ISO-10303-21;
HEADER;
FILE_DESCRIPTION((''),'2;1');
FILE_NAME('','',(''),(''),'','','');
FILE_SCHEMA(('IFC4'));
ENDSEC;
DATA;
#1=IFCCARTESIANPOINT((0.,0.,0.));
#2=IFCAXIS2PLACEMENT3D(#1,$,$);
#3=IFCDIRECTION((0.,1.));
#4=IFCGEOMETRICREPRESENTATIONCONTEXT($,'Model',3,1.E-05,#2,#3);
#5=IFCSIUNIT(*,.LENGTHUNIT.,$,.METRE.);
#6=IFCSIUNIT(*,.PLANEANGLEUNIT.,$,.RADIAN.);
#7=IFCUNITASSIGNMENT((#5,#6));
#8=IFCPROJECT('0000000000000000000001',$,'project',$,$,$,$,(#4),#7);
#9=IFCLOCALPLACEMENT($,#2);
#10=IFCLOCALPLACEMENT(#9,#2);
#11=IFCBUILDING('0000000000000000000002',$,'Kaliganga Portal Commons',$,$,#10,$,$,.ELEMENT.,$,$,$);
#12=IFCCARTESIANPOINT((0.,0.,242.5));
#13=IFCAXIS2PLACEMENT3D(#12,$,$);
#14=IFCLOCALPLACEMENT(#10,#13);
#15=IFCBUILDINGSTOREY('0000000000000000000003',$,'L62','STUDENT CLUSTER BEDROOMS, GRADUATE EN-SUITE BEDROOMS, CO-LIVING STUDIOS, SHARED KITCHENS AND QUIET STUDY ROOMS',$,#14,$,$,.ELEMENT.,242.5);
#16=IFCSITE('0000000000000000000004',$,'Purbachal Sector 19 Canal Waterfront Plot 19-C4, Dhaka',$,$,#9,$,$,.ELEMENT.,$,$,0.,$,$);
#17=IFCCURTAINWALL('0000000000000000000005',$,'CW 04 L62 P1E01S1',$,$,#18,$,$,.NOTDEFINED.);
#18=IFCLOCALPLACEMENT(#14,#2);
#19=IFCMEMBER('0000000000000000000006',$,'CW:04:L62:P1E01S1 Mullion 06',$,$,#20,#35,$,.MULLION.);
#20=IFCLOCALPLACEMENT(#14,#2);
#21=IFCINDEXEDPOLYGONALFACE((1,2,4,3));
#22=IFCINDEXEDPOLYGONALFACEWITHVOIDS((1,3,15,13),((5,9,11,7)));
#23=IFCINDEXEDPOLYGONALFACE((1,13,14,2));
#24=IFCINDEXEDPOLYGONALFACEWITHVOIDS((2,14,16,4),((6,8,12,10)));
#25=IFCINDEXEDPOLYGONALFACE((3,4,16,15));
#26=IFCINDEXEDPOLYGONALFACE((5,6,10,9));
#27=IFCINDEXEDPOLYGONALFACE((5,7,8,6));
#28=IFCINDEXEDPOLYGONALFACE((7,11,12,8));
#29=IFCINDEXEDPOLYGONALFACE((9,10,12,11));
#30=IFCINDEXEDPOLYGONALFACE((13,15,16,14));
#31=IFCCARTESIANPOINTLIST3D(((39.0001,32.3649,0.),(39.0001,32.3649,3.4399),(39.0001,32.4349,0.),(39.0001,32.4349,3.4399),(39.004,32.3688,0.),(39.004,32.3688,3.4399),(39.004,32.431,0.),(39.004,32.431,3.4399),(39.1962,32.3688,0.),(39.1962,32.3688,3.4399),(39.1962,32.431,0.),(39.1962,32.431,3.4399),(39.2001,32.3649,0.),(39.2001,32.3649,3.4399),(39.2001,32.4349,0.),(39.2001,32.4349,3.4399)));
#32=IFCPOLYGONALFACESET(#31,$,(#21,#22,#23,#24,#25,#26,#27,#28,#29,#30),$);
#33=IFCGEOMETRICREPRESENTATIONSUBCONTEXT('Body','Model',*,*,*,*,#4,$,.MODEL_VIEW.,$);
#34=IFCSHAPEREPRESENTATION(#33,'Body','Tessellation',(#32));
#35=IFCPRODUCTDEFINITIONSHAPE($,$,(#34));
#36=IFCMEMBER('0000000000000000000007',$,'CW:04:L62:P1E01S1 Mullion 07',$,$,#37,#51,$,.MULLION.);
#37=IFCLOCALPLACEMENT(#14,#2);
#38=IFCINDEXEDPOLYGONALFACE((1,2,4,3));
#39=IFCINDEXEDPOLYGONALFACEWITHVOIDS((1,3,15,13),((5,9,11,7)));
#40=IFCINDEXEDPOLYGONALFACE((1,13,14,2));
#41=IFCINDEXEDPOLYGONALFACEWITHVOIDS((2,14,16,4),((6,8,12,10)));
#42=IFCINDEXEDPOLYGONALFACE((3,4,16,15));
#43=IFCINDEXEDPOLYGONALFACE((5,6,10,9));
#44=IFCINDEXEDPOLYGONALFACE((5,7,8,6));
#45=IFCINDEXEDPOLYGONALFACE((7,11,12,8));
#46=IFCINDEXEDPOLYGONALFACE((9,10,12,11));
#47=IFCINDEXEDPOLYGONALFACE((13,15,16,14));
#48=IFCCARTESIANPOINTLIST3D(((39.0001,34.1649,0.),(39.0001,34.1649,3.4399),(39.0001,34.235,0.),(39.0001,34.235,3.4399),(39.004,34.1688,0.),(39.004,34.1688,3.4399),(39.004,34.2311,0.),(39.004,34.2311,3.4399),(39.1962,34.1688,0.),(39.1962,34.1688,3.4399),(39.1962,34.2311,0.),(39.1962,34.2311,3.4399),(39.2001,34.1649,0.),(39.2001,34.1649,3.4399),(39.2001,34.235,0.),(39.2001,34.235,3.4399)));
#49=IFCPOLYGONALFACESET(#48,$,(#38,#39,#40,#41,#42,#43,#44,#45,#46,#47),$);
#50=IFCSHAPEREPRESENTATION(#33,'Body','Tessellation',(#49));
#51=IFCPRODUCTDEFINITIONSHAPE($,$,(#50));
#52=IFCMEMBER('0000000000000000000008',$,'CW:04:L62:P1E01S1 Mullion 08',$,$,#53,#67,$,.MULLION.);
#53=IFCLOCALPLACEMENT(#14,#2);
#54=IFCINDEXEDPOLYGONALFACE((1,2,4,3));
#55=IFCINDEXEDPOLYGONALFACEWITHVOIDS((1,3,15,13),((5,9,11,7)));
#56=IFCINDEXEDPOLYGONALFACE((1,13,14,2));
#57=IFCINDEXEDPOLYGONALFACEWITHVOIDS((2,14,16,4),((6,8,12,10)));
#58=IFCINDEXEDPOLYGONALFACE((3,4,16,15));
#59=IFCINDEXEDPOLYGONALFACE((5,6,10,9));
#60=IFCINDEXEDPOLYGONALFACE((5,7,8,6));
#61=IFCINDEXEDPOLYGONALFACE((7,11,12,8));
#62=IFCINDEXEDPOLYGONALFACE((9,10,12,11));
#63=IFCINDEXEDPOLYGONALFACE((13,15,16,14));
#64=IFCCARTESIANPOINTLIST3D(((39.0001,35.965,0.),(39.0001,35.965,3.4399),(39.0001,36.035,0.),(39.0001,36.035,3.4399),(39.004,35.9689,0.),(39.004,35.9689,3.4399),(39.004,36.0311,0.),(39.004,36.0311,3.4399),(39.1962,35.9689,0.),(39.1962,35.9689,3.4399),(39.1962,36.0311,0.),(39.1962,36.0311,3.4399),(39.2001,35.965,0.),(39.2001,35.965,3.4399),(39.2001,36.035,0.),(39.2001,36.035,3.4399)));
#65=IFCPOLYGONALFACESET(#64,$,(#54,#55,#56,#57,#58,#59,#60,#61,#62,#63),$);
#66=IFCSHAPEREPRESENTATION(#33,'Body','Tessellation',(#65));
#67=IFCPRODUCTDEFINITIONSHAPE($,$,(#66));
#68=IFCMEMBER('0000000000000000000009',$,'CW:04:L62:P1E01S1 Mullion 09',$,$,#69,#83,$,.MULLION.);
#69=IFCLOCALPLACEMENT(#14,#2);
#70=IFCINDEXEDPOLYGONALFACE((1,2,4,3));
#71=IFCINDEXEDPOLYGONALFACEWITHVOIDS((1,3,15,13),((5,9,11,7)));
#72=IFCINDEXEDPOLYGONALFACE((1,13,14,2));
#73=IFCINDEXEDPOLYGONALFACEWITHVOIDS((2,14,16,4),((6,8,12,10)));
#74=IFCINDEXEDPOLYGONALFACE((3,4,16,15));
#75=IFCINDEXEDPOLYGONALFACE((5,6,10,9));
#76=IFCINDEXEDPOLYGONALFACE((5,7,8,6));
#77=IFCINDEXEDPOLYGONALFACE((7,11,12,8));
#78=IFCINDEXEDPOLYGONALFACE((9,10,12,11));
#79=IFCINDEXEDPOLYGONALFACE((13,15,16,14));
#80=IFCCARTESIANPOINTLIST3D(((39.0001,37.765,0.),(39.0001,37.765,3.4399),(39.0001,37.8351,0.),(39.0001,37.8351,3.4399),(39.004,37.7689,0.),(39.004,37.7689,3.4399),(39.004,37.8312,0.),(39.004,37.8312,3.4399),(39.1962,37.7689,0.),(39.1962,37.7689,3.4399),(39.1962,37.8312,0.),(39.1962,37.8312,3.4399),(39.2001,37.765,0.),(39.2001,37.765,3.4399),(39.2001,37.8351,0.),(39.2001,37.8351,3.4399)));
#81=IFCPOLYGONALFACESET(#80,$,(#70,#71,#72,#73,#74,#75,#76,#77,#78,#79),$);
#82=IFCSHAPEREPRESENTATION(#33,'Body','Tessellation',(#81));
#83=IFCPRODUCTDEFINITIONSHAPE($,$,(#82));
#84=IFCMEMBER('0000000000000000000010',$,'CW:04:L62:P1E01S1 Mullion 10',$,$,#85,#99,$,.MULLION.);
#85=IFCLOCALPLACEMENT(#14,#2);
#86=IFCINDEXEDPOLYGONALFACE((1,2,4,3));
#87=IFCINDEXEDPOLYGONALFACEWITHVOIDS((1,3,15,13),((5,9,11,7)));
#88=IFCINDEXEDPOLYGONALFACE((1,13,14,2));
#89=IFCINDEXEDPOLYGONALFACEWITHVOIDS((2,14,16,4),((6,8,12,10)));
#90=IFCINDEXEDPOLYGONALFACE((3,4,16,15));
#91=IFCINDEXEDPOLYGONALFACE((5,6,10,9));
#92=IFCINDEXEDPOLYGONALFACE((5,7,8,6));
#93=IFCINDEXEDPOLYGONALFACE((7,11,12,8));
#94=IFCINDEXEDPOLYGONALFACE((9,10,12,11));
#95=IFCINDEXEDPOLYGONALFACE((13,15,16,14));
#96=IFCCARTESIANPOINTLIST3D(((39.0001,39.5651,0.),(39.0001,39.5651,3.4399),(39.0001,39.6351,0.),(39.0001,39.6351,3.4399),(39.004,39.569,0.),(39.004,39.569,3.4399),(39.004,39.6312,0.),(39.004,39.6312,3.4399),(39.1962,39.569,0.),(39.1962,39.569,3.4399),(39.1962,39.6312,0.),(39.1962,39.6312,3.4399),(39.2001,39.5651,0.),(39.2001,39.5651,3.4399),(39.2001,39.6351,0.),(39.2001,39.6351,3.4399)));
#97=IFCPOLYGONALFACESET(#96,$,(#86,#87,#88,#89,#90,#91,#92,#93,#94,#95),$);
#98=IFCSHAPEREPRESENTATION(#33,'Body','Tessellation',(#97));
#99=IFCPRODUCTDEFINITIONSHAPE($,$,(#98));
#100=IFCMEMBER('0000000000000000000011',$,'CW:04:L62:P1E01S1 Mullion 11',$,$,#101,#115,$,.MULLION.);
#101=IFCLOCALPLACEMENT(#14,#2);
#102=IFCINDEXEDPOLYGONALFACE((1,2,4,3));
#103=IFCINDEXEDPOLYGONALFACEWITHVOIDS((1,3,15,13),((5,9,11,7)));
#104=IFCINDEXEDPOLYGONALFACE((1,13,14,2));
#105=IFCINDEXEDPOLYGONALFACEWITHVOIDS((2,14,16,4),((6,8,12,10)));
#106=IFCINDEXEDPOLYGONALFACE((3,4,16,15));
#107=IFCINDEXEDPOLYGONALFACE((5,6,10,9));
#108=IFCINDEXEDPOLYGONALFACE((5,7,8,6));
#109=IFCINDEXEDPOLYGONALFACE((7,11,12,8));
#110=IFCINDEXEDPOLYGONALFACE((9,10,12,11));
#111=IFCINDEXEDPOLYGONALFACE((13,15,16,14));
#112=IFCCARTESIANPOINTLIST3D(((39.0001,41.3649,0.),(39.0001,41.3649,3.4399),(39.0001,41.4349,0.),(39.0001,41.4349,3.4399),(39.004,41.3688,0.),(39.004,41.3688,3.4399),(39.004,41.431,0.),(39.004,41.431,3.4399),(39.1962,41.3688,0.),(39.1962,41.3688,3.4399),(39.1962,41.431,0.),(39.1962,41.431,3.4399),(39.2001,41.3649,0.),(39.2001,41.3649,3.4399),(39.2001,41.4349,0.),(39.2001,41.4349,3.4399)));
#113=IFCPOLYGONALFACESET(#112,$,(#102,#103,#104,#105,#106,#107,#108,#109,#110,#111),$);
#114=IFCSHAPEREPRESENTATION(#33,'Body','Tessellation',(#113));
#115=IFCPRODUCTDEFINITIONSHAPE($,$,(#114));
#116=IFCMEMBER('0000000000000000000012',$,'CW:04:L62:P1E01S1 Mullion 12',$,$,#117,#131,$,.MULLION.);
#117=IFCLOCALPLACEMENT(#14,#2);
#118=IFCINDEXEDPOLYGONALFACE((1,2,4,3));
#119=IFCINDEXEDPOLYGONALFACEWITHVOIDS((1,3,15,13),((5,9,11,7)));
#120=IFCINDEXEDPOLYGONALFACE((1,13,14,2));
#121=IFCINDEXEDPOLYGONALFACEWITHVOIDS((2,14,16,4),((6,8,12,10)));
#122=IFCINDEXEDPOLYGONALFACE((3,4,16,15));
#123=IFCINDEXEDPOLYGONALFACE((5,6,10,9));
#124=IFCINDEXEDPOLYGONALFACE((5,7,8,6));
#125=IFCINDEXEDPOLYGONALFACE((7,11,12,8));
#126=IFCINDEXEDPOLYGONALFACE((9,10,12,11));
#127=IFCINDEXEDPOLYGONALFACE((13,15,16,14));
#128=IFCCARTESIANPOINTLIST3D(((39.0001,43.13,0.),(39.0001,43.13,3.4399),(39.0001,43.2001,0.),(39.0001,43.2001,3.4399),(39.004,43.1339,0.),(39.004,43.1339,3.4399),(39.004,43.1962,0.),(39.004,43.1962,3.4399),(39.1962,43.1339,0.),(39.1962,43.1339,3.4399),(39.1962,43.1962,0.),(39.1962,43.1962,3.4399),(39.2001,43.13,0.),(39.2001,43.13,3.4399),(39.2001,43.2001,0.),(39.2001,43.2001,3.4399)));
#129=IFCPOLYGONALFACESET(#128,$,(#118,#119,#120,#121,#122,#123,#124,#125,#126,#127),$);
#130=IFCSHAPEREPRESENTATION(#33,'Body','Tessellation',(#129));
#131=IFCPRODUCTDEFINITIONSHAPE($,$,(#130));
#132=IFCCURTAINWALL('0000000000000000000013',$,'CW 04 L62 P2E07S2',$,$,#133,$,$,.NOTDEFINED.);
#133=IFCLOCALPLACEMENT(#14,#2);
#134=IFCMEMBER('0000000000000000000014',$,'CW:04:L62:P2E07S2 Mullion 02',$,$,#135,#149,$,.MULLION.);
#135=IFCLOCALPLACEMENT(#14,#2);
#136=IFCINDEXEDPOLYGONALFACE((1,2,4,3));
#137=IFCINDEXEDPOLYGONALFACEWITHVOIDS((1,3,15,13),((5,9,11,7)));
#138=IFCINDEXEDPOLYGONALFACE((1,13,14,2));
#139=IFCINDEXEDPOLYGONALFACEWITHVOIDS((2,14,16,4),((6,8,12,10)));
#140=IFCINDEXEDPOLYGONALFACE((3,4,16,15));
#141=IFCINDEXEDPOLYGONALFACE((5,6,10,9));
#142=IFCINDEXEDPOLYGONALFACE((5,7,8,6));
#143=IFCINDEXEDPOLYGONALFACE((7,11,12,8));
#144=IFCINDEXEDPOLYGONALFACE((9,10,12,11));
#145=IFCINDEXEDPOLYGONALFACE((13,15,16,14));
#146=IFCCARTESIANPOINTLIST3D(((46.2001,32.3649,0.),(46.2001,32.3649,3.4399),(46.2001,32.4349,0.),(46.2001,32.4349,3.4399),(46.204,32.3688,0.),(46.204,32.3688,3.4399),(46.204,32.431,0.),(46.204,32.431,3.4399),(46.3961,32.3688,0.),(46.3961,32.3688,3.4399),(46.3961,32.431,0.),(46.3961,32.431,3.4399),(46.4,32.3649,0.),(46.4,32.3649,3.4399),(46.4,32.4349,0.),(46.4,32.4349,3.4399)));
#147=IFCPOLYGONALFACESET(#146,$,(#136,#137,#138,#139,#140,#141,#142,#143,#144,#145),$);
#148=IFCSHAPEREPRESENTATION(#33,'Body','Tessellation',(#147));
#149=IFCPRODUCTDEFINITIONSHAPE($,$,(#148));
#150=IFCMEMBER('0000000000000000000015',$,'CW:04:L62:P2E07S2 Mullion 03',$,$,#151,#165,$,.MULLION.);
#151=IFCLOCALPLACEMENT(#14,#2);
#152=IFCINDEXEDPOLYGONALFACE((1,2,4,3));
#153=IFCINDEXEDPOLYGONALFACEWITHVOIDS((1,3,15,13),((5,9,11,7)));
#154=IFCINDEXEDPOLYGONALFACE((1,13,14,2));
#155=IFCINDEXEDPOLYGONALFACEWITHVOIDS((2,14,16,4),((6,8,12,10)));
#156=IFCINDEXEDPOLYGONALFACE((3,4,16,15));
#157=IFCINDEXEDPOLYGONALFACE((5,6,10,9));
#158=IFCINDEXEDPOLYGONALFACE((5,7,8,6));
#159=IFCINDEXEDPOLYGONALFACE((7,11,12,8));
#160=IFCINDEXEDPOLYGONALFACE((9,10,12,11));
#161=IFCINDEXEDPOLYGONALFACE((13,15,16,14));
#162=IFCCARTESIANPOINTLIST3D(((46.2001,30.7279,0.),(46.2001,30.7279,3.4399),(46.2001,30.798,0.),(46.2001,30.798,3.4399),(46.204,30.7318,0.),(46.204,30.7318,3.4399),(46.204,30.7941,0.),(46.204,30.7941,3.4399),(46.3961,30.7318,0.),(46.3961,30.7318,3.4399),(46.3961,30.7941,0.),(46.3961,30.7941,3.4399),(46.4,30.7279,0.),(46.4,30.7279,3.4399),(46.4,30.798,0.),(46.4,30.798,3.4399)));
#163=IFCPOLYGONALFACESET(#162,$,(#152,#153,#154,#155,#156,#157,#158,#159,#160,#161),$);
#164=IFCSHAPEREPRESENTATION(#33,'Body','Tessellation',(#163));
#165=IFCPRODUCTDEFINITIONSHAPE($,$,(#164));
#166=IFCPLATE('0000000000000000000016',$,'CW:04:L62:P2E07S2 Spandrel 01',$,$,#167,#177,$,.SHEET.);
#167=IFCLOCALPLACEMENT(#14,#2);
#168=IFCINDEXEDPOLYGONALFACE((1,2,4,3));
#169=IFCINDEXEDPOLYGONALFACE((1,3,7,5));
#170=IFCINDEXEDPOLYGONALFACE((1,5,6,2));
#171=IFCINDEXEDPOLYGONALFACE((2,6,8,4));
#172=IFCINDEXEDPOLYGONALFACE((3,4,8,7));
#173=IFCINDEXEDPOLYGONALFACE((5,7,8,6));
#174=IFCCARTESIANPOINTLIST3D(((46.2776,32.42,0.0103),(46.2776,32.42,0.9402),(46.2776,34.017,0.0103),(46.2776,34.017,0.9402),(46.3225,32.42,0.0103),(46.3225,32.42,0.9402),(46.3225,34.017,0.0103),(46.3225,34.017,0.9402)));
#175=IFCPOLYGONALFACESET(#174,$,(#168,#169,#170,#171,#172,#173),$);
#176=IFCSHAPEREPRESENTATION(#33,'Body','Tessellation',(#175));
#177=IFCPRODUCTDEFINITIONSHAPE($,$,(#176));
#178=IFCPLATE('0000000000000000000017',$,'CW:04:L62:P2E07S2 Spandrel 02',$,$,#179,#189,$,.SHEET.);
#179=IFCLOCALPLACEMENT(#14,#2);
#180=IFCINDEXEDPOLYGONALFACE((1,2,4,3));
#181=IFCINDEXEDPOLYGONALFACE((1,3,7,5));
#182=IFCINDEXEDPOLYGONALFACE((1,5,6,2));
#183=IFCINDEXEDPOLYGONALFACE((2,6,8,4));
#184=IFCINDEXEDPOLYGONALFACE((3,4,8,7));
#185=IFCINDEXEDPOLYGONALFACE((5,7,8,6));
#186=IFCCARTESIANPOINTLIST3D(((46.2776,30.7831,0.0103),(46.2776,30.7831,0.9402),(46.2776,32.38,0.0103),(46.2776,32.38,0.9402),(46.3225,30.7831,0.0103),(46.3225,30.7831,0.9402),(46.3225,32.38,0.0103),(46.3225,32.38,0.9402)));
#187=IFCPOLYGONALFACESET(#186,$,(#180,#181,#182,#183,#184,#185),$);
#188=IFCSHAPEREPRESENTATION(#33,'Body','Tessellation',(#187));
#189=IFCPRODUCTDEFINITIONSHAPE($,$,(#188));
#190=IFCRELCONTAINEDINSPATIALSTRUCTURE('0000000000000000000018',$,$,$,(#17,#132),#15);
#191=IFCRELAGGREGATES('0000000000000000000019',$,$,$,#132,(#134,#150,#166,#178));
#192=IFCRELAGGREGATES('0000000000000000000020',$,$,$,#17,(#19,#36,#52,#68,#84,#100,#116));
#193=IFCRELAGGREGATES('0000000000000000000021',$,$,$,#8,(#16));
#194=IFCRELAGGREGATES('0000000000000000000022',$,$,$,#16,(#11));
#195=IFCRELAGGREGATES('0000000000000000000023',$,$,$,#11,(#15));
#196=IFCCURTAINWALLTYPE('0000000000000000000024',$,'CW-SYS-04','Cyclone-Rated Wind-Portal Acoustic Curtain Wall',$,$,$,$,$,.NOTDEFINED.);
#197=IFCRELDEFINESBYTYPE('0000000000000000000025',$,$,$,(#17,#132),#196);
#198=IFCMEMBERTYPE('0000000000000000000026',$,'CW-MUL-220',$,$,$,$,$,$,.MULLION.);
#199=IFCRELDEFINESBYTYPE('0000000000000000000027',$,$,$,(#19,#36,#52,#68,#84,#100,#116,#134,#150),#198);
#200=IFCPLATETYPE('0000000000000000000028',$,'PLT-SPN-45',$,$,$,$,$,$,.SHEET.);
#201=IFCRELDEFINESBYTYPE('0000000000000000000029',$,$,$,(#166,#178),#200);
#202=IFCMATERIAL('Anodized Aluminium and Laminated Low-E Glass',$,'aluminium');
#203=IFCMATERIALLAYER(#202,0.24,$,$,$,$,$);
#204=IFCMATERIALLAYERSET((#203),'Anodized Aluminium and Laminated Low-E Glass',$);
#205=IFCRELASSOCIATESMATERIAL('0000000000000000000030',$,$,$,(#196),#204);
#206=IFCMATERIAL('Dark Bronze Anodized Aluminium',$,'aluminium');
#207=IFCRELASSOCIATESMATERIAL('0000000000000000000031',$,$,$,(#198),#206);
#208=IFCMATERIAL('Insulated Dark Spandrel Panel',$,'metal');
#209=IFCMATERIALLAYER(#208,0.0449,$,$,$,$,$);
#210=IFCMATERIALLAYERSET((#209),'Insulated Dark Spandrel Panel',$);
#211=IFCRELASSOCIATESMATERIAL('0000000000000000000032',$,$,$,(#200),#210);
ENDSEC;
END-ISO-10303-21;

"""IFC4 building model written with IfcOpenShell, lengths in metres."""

from ifc_helpers import new_model, si_unit, direction, frame, origin, origin_2d, place, context, subcontext, project, spatial, rectangle, hollow_rectangle, extrude, source, transform, mapped, material, layer, layer_set, material_profile, profile_set, type_object, element, aggregate, save


model = new_model("IFC4")

# Units and contexts
model_context = context("Model", 3, precision=1e-05, world=origin(), true_north=direction((0.0, 1.0)))
body_context = subcontext(model_context, "Body", "Model", "MODEL_VIEW")
ifc_project = project(units=[si_unit("LENGTHUNIT", "METRE"), si_unit("PLANEANGLEUNIT", "RADIAN")], contexts=[model_context])

# Site, building, storey
site_placement = place(None, origin())
site = spatial("IfcSite", under=ifc_project, at=site_placement, Name="Purbachal Sector 19 Canal Waterfront Plot 19-C4, Dhaka", CompositionType="ELEMENT", RefElevation=0.0)
building_placement = place(site_placement, origin())
building = spatial("IfcBuilding", under=site, at=building_placement, Name="Kaliganga Portal Commons", CompositionType="ELEMENT")
storey_placement = place(building_placement, frame((0.0, 0.0, 242.5)))
storey = spatial("IfcBuildingStorey", under=building, at=storey_placement, Name="L62", Description="STUDENT CLUSTER BEDROOMS, GRADUATE EN-SUITE BEDROOMS, CO-LIVING STUDIOS, SHARED KITCHENS AND QUIET STUDY ROOMS", CompositionType="ELEMENT", Elevation=242.5)

# Curtain wall, members
ifc_material_1 = material(Name="Anodized Aluminium and Laminated Low-E Glass", Category="aluminium")
ifc_layer_1 = layer(ifc_material_1, 0.24)
ifc_layer_set_1 = layer_set([ifc_layer_1], Name="Anodized Aluminium and Laminated Low-E Glass")
curtain_wall_type = type_object("IfcCurtainWallType", Name="CW-SYS-04", Description="Cyclone-Rated Wind-Portal Acoustic Curtain Wall", PredefinedType="NOTDEFINED", material=ifc_layer_set_1)
curtain_wall_1_placement = place(storey_placement, origin())
curtain_wall_1 = element("IfcCurtainWall", 1, at=curtain_wall_1_placement, inside=storey, type_object=curtain_wall_type, Name="CW 04 L62 P1E01S1", PredefinedType="NOTDEFINED")
ifc_material_2 = material(Name="Dark Bronze Anodized Aluminium", Category="aluminium")
ifc_material_profile = material_profile(ifc_material_2, hollow_rectangle(XDim=0.0701, YDim=0.2, WallThickness=0.0039, at=origin_2d()), Name="ALU MULL 70x200x4")
ifc_profile_set = profile_set([ifc_material_profile], Name="Dark Bronze Anodized Aluminium")
member_type = type_object("IfcMemberType", Name="CW-MUL-220", PredefinedType="MULLION", material=ifc_profile_set)
shared_shape_1 = source(origin(), body_context, "Body", "SweptSolid", [
    extrude(hollow_rectangle(XDim=0.0701, YDim=0.2, WallThickness=0.0039, at=origin_2d()), origin(), (0.0, 0.0, 1.0), 3.4399),
])
member_1_placement = place(storey_placement, frame((39.1001, 32.3999, 0.0), z_axis=(0.0, 0.0, 1.0), x_axis=(0.0, 1.0, 0.0)))
member_1 = element("IfcMember", 2, at=member_1_placement, type_object=member_type, Name="CW:04:L62:P1E01S1 Mullion 06", PredefinedType="MULLION", context=body_context, shape_type="MappedRepresentation", body=[
    mapped(shared_shape_1, transform((0.0, 0.0, 0.0), x_axis=(1.0, 0.0, 0.0), y_axis=(0.0, 1.0, 0.0), z_axis=(0.0, 0.0, 1.0), scale=1.0)),
])
member_2_placement = place(storey_placement, frame((39.1001, 34.2, 0.0), z_axis=(0.0, 0.0, 1.0), x_axis=(0.0, 1.0, 0.0)))
member_2 = element("IfcMember", 3, at=member_2_placement, type_object=member_type, Name="CW:04:L62:P1E01S1 Mullion 07", PredefinedType="MULLION", context=body_context, shape_type="MappedRepresentation", body=[
    mapped(shared_shape_1, transform((0.0, 0.0, 0.0), x_axis=(1.0, 0.0, 0.0), y_axis=(0.0, 1.0, 0.0), z_axis=(0.0, 0.0, 1.0), scale=1.0)),
])
member_3_placement = place(storey_placement, frame((39.1001, 36.0, 0.0), z_axis=(0.0, 0.0, 1.0), x_axis=(0.0, 1.0, 0.0)))
member_3 = element("IfcMember", 4, at=member_3_placement, type_object=member_type, Name="CW:04:L62:P1E01S1 Mullion 08", PredefinedType="MULLION", context=body_context, shape_type="MappedRepresentation", body=[
    mapped(shared_shape_1, transform((0.0, 0.0, 0.0), x_axis=(1.0, 0.0, 0.0), y_axis=(0.0, 1.0, 0.0), z_axis=(0.0, 0.0, 1.0), scale=1.0)),
])
member_4_placement = place(storey_placement, frame((39.1001, 37.8, 0.0), z_axis=(0.0, 0.0, 1.0), x_axis=(0.0, 1.0, 0.0)))
member_4 = element("IfcMember", 5, at=member_4_placement, type_object=member_type, Name="CW:04:L62:P1E01S1 Mullion 09", PredefinedType="MULLION", context=body_context, shape_type="MappedRepresentation", body=[
    mapped(shared_shape_1, transform((0.0, 0.0, 0.0), x_axis=(1.0, 0.0, 0.0), y_axis=(0.0, 1.0, 0.0), z_axis=(0.0, 0.0, 1.0), scale=1.0)),
])
member_5_placement = place(storey_placement, frame((39.1001, 39.6001, 0.0), z_axis=(0.0, 0.0, 1.0), x_axis=(0.0, 1.0, 0.0)))
member_5 = element("IfcMember", 6, at=member_5_placement, type_object=member_type, Name="CW:04:L62:P1E01S1 Mullion 10", PredefinedType="MULLION", context=body_context, shape_type="MappedRepresentation", body=[
    mapped(shared_shape_1, transform((0.0, 0.0, 0.0), x_axis=(1.0, 0.0, 0.0), y_axis=(0.0, 1.0, 0.0), z_axis=(0.0, 0.0, 1.0), scale=1.0)),
])
member_6_placement = place(storey_placement, frame((39.1001, 41.3999, 0.0), z_axis=(0.0, 0.0, 1.0), x_axis=(0.0, 1.0, 0.0)))
member_6 = element("IfcMember", 7, at=member_6_placement, type_object=member_type, Name="CW:04:L62:P1E01S1 Mullion 11", PredefinedType="MULLION", context=body_context, shape_type="MappedRepresentation", body=[
    mapped(shared_shape_1, transform((0.0, 0.0, 0.0), x_axis=(1.0, 0.0, 0.0), y_axis=(0.0, 1.0, 0.0), z_axis=(0.0, 0.0, 1.0), scale=1.0)),
])
member_7_placement = place(storey_placement, frame((39.1001, 43.165, 0.0), z_axis=(0.0, 0.0, 1.0), x_axis=(0.0, 1.0, 0.0)))
member_7 = element("IfcMember", 8, at=member_7_placement, type_object=member_type, Name="CW:04:L62:P1E01S1 Mullion 12", PredefinedType="MULLION", context=body_context, shape_type="MappedRepresentation", body=[
    mapped(shared_shape_1, transform((0.0, 0.0, 0.0), x_axis=(1.0, 0.0, 0.0), y_axis=(0.0, 1.0, 0.0), z_axis=(0.0, 0.0, 1.0), scale=1.0)),
])

# Curtain wall, members, plates
curtain_wall_2_placement = place(storey_placement, origin())
curtain_wall_2 = element("IfcCurtainWall", 9, at=curtain_wall_2_placement, inside=storey, type_object=curtain_wall_type, Name="CW 04 L62 P2E07S2", PredefinedType="NOTDEFINED")
member_8_placement = place(storey_placement, frame((46.3, 32.3999, 0.0), z_axis=(0.0, 0.0, 1.0), x_axis=(0.0, -1.0, 0.0)))
member_8 = element("IfcMember", 10, at=member_8_placement, type_object=member_type, Name="CW:04:L62:P2E07S2 Mullion 02", PredefinedType="MULLION", context=body_context, shape_type="MappedRepresentation", body=[
    mapped(shared_shape_1, transform((0.0, 0.0, 0.0), x_axis=(1.0, 0.0, 0.0), y_axis=(0.0, 1.0, 0.0), z_axis=(0.0, 0.0, 1.0), scale=1.0)),
])
member_9_placement = place(storey_placement, frame((46.3, 30.7629, 0.0), z_axis=(0.0, 0.0, 1.0), x_axis=(0.0, -1.0, 0.0)))
member_9 = element("IfcMember", 11, at=member_9_placement, type_object=member_type, Name="CW:04:L62:P2E07S2 Mullion 03", PredefinedType="MULLION", context=body_context, shape_type="MappedRepresentation", body=[
    mapped(shared_shape_1, transform((0.0, 0.0, 0.0), x_axis=(1.0, 0.0, 0.0), y_axis=(0.0, 1.0, 0.0), z_axis=(0.0, 0.0, 1.0), scale=1.0)),
])
ifc_material_3 = material(Name="Insulated Dark Spandrel Panel", Category="metal")
ifc_layer_2 = layer(ifc_material_3, 0.0449)
ifc_layer_set_2 = layer_set([ifc_layer_2], Name="Insulated Dark Spandrel Panel")
plate_type_1 = type_object("IfcPlateType", Name="PLT-SPN-45", PredefinedType="SHEET", material=ifc_layer_set_2)
shared_shape_2 = source(origin(), body_context, "Body", "SweptSolid", [
    extrude(rectangle(XDim=1.5969, YDim=0.0449, at=origin_2d()), origin(), (0.0, 0.0, 1.0), 0.9299),
])
plate_1_placement = place(storey_placement, frame((46.3, 33.2185, 0.0103), z_axis=(0.0, 0.0, 1.0), x_axis=(0.0, -1.0, 0.0)))
plate_1 = element("IfcPlate", 12, at=plate_1_placement, type_object=plate_type_1, Name="CW:04:L62:P2E07S2 Spandrel 01", PredefinedType="SHEET", context=body_context, shape_type="MappedRepresentation", body=[
    mapped(shared_shape_2, transform((0.0, 0.0, 0.0), x_axis=(1.0, 0.0, 0.0), y_axis=(0.0, 1.0, 0.0), z_axis=(0.0, 0.0, 1.0), scale=1.0)),
])
plate_2_placement = place(storey_placement, frame((46.3, 31.5815, 0.0103), z_axis=(0.0, 0.0, 1.0), x_axis=(0.0, -1.0, 0.0)))
plate_2 = element("IfcPlate", 13, at=plate_2_placement, type_object=plate_type_1, Name="CW:04:L62:P2E07S2 Spandrel 02", PredefinedType="SHEET", context=body_context, shape_type="MappedRepresentation", body=[
    mapped(shared_shape_2, transform((0.0, 0.0, 0.0), x_axis=(1.0, 0.0, 0.0), y_axis=(0.0, 1.0, 0.0), z_axis=(0.0, 0.0, 1.0), scale=1.0)),
])
aggregate(curtain_wall_2, [member_8, member_9, plate_1, plate_2])

aggregate(curtain_wall_1, [member_1, member_2, member_3, member_4, member_5, member_6, member_7])

save(model, "model.ifc")
